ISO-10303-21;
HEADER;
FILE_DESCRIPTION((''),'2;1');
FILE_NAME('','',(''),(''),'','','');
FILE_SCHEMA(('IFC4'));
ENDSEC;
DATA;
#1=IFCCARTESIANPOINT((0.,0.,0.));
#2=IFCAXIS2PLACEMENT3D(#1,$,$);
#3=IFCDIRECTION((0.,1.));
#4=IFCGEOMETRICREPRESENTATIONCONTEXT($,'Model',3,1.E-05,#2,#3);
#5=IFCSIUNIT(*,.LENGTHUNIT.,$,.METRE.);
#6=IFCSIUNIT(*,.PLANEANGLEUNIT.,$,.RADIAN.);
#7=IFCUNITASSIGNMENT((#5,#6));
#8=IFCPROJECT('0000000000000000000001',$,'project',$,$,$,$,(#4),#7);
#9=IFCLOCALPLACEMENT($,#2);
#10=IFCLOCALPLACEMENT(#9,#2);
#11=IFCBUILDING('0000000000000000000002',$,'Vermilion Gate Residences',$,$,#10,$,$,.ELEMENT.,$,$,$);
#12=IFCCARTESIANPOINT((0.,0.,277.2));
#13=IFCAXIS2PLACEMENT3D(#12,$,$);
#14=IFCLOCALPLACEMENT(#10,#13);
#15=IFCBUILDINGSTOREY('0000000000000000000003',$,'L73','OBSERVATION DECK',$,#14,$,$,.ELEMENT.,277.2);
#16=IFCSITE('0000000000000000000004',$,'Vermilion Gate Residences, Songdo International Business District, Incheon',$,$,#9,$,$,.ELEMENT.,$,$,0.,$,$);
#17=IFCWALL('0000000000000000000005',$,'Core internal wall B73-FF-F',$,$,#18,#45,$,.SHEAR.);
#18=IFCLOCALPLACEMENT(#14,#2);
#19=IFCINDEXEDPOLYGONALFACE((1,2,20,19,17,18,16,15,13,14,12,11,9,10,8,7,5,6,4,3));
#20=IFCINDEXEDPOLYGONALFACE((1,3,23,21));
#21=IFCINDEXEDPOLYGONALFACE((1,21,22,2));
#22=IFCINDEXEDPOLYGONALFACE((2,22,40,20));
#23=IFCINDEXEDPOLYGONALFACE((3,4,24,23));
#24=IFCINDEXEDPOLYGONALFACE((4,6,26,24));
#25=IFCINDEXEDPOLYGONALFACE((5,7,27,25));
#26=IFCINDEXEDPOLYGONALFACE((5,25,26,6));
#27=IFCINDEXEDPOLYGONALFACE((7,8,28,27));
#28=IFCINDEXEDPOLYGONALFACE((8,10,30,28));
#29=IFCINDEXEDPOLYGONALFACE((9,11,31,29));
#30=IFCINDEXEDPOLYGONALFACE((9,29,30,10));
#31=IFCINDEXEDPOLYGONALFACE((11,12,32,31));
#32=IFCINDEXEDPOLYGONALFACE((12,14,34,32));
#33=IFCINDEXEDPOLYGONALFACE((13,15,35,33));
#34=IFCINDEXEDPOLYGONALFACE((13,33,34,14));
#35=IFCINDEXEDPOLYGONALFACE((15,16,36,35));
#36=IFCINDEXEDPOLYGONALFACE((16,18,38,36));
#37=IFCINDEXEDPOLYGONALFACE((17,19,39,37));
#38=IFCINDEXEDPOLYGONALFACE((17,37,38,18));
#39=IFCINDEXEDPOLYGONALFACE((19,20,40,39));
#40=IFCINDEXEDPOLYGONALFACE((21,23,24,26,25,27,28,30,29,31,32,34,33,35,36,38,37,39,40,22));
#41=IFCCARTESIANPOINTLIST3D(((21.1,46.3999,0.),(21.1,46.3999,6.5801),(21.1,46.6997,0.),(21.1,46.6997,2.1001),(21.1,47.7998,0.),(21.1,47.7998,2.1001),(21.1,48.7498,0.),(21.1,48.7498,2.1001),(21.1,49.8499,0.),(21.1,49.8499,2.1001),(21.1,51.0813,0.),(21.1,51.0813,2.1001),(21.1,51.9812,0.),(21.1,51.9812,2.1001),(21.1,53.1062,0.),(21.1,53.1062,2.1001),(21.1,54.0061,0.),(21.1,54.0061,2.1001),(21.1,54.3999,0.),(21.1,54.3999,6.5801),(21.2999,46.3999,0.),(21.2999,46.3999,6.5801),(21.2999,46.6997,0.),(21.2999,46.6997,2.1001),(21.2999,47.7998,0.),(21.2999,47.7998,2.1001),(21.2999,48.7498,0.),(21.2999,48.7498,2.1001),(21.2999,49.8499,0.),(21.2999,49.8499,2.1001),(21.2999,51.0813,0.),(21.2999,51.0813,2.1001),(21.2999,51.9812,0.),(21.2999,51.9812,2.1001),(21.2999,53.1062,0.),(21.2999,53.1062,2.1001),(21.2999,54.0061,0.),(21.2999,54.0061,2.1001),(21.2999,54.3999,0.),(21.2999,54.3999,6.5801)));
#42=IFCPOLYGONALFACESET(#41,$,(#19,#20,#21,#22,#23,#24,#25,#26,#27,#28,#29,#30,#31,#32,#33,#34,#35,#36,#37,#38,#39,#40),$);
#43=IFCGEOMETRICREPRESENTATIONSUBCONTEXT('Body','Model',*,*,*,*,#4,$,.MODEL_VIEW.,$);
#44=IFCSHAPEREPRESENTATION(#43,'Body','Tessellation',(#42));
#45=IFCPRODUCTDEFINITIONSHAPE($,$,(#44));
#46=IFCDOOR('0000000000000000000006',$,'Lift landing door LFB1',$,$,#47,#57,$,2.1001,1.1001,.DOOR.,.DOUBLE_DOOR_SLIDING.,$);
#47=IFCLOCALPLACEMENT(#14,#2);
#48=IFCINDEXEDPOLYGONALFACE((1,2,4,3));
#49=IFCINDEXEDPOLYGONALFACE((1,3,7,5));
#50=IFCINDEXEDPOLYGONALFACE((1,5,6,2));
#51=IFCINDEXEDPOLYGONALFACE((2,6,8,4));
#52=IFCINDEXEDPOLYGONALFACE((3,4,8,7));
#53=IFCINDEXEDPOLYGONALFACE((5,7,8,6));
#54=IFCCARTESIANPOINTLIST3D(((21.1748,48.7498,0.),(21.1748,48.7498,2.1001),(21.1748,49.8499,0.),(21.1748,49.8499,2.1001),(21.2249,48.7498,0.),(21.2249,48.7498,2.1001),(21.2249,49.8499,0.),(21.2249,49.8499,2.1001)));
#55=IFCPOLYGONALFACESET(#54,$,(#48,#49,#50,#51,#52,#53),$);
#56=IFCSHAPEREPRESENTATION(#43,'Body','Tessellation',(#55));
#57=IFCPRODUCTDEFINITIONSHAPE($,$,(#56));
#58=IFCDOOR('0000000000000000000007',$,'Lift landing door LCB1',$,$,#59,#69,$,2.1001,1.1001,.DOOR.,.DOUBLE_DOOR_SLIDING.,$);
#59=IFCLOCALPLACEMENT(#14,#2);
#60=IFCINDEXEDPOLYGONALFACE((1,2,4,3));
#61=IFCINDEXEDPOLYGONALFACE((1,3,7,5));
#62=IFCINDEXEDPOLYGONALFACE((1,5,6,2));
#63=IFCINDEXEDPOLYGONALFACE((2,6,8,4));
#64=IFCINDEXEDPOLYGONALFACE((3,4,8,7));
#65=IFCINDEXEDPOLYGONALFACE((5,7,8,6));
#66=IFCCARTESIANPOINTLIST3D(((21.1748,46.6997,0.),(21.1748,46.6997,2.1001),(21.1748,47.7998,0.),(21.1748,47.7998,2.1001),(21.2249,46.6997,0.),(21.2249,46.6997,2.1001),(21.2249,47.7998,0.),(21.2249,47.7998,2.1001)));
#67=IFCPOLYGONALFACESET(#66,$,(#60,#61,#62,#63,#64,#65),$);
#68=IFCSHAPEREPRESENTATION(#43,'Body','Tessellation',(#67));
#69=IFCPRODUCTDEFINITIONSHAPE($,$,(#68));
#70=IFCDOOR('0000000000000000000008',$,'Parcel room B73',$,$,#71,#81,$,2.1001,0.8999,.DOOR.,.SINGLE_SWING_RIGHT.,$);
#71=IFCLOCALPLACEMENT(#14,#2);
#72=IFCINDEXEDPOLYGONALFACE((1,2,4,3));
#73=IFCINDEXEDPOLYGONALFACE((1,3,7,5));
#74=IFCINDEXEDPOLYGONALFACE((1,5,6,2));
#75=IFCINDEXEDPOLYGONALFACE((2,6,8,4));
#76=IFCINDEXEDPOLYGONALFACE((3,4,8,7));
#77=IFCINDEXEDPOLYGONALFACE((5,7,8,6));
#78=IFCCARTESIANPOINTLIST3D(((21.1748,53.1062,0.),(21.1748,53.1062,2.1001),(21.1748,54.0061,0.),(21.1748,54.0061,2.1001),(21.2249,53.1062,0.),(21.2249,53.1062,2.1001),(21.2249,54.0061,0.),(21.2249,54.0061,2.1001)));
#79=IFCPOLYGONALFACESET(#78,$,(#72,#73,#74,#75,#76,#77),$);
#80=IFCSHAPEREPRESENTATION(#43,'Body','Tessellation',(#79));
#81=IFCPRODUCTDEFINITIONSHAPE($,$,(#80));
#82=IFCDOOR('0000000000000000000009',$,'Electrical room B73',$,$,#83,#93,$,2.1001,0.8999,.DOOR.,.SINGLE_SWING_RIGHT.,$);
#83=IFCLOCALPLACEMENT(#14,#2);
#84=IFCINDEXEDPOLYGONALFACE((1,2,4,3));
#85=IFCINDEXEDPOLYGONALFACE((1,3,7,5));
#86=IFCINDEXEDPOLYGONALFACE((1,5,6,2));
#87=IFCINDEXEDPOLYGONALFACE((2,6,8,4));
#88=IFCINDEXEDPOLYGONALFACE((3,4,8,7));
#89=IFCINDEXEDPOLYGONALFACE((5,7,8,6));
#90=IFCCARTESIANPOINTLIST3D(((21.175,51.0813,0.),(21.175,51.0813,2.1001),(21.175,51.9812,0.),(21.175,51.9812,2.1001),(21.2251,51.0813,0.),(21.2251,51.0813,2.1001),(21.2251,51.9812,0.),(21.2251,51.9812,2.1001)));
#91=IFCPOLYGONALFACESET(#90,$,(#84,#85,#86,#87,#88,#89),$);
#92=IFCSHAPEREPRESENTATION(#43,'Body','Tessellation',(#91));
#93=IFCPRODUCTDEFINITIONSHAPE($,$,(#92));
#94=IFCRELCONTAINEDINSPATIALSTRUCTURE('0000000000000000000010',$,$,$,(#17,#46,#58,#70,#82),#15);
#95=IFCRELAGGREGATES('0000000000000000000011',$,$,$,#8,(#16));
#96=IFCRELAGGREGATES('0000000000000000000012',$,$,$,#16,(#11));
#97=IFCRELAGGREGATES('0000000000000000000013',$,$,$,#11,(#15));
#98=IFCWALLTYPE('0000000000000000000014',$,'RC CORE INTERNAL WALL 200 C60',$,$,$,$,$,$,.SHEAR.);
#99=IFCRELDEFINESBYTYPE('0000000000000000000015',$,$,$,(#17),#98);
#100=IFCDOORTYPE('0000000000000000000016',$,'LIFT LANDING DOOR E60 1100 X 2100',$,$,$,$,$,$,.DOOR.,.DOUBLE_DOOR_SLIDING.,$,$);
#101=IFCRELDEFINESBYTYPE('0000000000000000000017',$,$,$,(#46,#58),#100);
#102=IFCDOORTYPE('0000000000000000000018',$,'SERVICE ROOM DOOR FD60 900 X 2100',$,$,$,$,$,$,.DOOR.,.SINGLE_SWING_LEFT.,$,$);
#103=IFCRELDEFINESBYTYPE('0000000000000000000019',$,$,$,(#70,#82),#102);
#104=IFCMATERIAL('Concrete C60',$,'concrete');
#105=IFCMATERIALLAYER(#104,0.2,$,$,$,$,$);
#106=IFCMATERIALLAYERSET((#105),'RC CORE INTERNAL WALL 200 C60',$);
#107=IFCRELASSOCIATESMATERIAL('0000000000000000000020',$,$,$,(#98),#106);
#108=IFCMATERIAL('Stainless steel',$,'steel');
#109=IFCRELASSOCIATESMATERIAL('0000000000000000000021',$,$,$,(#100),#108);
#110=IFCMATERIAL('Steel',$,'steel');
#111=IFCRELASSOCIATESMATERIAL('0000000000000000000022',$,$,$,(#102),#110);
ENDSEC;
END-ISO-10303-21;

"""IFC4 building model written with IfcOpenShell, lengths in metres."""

from ifc_helpers import new_model, si_unit, direction, frame, frame_2d, origin, place, context, subcontext, project, spatial, rectangle, extrude, material, layer, layer_set, type_object, element, fill, save


model = new_model("IFC4")

# Units and contexts
model_context = context("Model", 3, precision=1e-05, world=origin(), true_north=direction((0.0, 1.0)))
body_context = subcontext(model_context, "Body", "Model", "MODEL_VIEW")
ifc_project = project(units=[si_unit("LENGTHUNIT", "METRE"), si_unit("PLANEANGLEUNIT", "RADIAN")], contexts=[model_context])

# Site, building, storey
site_placement = place(None, origin())
site = spatial("IfcSite", under=ifc_project, at=site_placement, Name="Vermilion Gate Residences, Songdo International Business District, Incheon", CompositionType="ELEMENT", RefElevation=0.0)
building_placement = place(site_placement, origin())
building = spatial("IfcBuilding", under=site, at=building_placement, Name="Vermilion Gate Residences", CompositionType="ELEMENT")
storey_placement = place(building_placement, frame((0.0, 0.0, 277.2)))
storey = spatial("IfcBuildingStorey", under=building, at=storey_placement, Name="L73", Description="OBSERVATION DECK", CompositionType="ELEMENT", Elevation=277.2)

# Shared definitions
ifc_material_1 = material(Name="Concrete C60", Category="concrete")
ifc_layer_1 = layer(ifc_material_1, 0.2)
ifc_layer_set_1 = layer_set([ifc_layer_1], Name="RC CORE INTERNAL WALL 200 C60")
wall_type_1 = type_object("IfcWallType", Name="RC CORE INTERNAL WALL 200 C60", PredefinedType="SHEAR", material=ifc_layer_set_1)

# Wall, openings, doors
wall_1_placement = place(storey_placement, frame((21.2, 54.3999, 0.0), z_axis=(0.0, 0.0, 1.0), x_axis=(0.0, -1.0, 0.0)))
wall_1 = element("IfcWall", 1, at=wall_1_placement, inside=storey, type_object=wall_type_1, Name="Core internal wall B73-FF-F", PredefinedType="SHEAR", context=body_context, shape_type="SweptSolid", body=[
    extrude(rectangle(XDim=8.0, YDim=0.2, at=frame_2d((4.0, 0.0))), origin(), (0.0, 0.0, 1.0), 6.5801),
])
opening_1_placement = place(wall_1_placement, frame((0.3938, 0.0, 0.0)))
opening_1 = element("IfcOpeningElement", 2, at=opening_1_placement, cuts=wall_1, PredefinedType="OPENING", context=body_context, shape_type="SweptSolid", body=[
    extrude(rectangle(XDim=0.8999, YDim=2.1001, at=frame_2d((0.45, 1.05))), frame((0.0, 0.1099, 0.0), z_axis=(0.0, -1.0, 0.0), x_axis=(1.0, 0.0, 0.0)), (0.0, 0.0, 1.0), 0.22),
])
opening_2_placement = place(wall_1_placement, frame((2.4187, 0.0, 0.0)))
opening_2 = element("IfcOpeningElement", 3, at=opening_2_placement, cuts=wall_1, PredefinedType="OPENING", context=body_context, shape_type="SweptSolid", body=[
    extrude(rectangle(XDim=0.8999, YDim=2.1001, at=frame_2d((0.45, 1.05))), frame((0.0, 0.1099, 0.0), z_axis=(0.0, -1.0, 0.0), x_axis=(1.0, 0.0, 0.0)), (0.0, 0.0, 1.0), 0.22),
])
opening_3_placement = place(wall_1_placement, frame((4.55, 0.0, 0.0)))
opening_3 = element("IfcOpeningElement", 4, at=opening_3_placement, cuts=wall_1, PredefinedType="OPENING", context=body_context, shape_type="SweptSolid", body=[
    extrude(rectangle(XDim=1.1001, YDim=2.1001, at=frame_2d((0.55, 1.05))), frame((0.0, 0.1099, 0.0), z_axis=(0.0, -1.0, 0.0), x_axis=(1.0, 0.0, 0.0)), (0.0, 0.0, 1.0), 0.22),
])
opening_4_placement = place(wall_1_placement, frame((6.6001, 0.0, 0.0)))
opening_4 = element("IfcOpeningElement", 5, at=opening_4_placement, cuts=wall_1, PredefinedType="OPENING", context=body_context, shape_type="SweptSolid", body=[
    extrude(rectangle(XDim=1.1001, YDim=2.1001, at=frame_2d((0.55, 1.05))), frame((0.0, 0.1099, 0.0), z_axis=(0.0, -1.0, 0.0), x_axis=(1.0, 0.0, 0.0)), (0.0, 0.0, 1.0), 0.22),
])
ifc_material_2 = material(Name="Stainless steel", Category="steel")
door_type_1 = type_object("IfcDoorType", Name="LIFT LANDING DOOR E60 1100 X 2100", OperationType="DOUBLE_DOOR_SLIDING", PredefinedType="DOOR", material=ifc_material_2)
door_1_placement = place(opening_3_placement, origin())
door_1 = element("IfcDoor", 6, at=door_1_placement, inside=storey, type_object=door_type_1, Name="Lift landing door LFB1", OperationType="DOUBLE_DOOR_SLIDING", OverallHeight=2.1001, OverallWidth=1.1001, PredefinedType="DOOR", context=body_context, shape_type="SweptSolid", body=[
    extrude(rectangle(XDim=1.1001, YDim=2.1001, at=frame_2d((0.55, 1.05))), frame((0.0, 0.0249, 0.0), z_axis=(0.0, -1.0, 0.0), x_axis=(1.0, 0.0, 0.0)), (0.0, 0.0, 1.0), 0.05),
])
fill(opening_3, door_1)
door_2_placement = place(opening_4_placement, origin())
door_2 = element("IfcDoor", 7, at=door_2_placement, inside=storey, type_object=door_type_1, Name="Lift landing door LCB1", OperationType="DOUBLE_DOOR_SLIDING", OverallHeight=2.1001, OverallWidth=1.1001, PredefinedType="DOOR", context=body_context, shape_type="SweptSolid", body=[
    extrude(rectangle(XDim=1.1001, YDim=2.1001, at=frame_2d((0.55, 1.05))), frame((0.0, 0.0249, 0.0), z_axis=(0.0, -1.0, 0.0), x_axis=(1.0, 0.0, 0.0)), (0.0, 0.0, 1.0), 0.05),
])
fill(opening_4, door_2)
ifc_material_3 = material(Name="Steel", Category="steel")
door_type_2 = type_object("IfcDoorType", Name="SERVICE ROOM DOOR FD60 900 X 2100", OperationType="SINGLE_SWING_LEFT", PredefinedType="DOOR", material=ifc_material_3)
door_3_placement = place(opening_1_placement, origin())
door_3 = element("IfcDoor", 8, at=door_3_placement, inside=storey, type_object=door_type_2, Name="Parcel room B73", OperationType="SINGLE_SWING_RIGHT", OverallHeight=2.1001, OverallWidth=0.8999, PredefinedType="DOOR", context=body_context, shape_type="SweptSolid", body=[
    extrude(rectangle(XDim=0.8999, YDim=2.1001, at=frame_2d((0.45, 1.05))), frame((0.0, 0.0249, 0.0), z_axis=(0.0, -1.0, 0.0), x_axis=(1.0, 0.0, 0.0)), (0.0, 0.0, 1.0), 0.05),
])
fill(opening_1, door_3)
door_4_placement = place(opening_2_placement, frame((0.8999, 0.0, 0.0), z_axis=(0.0, 0.0, 1.0), x_axis=(-1.0, 0.0, 0.0)))
door_4 = element("IfcDoor", 9, at=door_4_placement, inside=storey, type_object=door_type_2, Name="Electrical room B73", OperationType="SINGLE_SWING_RIGHT", OverallHeight=2.1001, OverallWidth=0.8999, PredefinedType="DOOR", context=body_context, shape_type="SweptSolid", body=[
    extrude(rectangle(XDim=0.8999, YDim=2.1001, at=frame_2d((0.45, 1.05))), frame((0.0, 0.0249, 0.0), z_axis=(0.0, -1.0, 0.0), x_axis=(1.0, 0.0, 0.0)), (0.0, 0.0, 1.0), 0.05),
])
fill(opening_2, door_4)

save(model, "model.ifc")
